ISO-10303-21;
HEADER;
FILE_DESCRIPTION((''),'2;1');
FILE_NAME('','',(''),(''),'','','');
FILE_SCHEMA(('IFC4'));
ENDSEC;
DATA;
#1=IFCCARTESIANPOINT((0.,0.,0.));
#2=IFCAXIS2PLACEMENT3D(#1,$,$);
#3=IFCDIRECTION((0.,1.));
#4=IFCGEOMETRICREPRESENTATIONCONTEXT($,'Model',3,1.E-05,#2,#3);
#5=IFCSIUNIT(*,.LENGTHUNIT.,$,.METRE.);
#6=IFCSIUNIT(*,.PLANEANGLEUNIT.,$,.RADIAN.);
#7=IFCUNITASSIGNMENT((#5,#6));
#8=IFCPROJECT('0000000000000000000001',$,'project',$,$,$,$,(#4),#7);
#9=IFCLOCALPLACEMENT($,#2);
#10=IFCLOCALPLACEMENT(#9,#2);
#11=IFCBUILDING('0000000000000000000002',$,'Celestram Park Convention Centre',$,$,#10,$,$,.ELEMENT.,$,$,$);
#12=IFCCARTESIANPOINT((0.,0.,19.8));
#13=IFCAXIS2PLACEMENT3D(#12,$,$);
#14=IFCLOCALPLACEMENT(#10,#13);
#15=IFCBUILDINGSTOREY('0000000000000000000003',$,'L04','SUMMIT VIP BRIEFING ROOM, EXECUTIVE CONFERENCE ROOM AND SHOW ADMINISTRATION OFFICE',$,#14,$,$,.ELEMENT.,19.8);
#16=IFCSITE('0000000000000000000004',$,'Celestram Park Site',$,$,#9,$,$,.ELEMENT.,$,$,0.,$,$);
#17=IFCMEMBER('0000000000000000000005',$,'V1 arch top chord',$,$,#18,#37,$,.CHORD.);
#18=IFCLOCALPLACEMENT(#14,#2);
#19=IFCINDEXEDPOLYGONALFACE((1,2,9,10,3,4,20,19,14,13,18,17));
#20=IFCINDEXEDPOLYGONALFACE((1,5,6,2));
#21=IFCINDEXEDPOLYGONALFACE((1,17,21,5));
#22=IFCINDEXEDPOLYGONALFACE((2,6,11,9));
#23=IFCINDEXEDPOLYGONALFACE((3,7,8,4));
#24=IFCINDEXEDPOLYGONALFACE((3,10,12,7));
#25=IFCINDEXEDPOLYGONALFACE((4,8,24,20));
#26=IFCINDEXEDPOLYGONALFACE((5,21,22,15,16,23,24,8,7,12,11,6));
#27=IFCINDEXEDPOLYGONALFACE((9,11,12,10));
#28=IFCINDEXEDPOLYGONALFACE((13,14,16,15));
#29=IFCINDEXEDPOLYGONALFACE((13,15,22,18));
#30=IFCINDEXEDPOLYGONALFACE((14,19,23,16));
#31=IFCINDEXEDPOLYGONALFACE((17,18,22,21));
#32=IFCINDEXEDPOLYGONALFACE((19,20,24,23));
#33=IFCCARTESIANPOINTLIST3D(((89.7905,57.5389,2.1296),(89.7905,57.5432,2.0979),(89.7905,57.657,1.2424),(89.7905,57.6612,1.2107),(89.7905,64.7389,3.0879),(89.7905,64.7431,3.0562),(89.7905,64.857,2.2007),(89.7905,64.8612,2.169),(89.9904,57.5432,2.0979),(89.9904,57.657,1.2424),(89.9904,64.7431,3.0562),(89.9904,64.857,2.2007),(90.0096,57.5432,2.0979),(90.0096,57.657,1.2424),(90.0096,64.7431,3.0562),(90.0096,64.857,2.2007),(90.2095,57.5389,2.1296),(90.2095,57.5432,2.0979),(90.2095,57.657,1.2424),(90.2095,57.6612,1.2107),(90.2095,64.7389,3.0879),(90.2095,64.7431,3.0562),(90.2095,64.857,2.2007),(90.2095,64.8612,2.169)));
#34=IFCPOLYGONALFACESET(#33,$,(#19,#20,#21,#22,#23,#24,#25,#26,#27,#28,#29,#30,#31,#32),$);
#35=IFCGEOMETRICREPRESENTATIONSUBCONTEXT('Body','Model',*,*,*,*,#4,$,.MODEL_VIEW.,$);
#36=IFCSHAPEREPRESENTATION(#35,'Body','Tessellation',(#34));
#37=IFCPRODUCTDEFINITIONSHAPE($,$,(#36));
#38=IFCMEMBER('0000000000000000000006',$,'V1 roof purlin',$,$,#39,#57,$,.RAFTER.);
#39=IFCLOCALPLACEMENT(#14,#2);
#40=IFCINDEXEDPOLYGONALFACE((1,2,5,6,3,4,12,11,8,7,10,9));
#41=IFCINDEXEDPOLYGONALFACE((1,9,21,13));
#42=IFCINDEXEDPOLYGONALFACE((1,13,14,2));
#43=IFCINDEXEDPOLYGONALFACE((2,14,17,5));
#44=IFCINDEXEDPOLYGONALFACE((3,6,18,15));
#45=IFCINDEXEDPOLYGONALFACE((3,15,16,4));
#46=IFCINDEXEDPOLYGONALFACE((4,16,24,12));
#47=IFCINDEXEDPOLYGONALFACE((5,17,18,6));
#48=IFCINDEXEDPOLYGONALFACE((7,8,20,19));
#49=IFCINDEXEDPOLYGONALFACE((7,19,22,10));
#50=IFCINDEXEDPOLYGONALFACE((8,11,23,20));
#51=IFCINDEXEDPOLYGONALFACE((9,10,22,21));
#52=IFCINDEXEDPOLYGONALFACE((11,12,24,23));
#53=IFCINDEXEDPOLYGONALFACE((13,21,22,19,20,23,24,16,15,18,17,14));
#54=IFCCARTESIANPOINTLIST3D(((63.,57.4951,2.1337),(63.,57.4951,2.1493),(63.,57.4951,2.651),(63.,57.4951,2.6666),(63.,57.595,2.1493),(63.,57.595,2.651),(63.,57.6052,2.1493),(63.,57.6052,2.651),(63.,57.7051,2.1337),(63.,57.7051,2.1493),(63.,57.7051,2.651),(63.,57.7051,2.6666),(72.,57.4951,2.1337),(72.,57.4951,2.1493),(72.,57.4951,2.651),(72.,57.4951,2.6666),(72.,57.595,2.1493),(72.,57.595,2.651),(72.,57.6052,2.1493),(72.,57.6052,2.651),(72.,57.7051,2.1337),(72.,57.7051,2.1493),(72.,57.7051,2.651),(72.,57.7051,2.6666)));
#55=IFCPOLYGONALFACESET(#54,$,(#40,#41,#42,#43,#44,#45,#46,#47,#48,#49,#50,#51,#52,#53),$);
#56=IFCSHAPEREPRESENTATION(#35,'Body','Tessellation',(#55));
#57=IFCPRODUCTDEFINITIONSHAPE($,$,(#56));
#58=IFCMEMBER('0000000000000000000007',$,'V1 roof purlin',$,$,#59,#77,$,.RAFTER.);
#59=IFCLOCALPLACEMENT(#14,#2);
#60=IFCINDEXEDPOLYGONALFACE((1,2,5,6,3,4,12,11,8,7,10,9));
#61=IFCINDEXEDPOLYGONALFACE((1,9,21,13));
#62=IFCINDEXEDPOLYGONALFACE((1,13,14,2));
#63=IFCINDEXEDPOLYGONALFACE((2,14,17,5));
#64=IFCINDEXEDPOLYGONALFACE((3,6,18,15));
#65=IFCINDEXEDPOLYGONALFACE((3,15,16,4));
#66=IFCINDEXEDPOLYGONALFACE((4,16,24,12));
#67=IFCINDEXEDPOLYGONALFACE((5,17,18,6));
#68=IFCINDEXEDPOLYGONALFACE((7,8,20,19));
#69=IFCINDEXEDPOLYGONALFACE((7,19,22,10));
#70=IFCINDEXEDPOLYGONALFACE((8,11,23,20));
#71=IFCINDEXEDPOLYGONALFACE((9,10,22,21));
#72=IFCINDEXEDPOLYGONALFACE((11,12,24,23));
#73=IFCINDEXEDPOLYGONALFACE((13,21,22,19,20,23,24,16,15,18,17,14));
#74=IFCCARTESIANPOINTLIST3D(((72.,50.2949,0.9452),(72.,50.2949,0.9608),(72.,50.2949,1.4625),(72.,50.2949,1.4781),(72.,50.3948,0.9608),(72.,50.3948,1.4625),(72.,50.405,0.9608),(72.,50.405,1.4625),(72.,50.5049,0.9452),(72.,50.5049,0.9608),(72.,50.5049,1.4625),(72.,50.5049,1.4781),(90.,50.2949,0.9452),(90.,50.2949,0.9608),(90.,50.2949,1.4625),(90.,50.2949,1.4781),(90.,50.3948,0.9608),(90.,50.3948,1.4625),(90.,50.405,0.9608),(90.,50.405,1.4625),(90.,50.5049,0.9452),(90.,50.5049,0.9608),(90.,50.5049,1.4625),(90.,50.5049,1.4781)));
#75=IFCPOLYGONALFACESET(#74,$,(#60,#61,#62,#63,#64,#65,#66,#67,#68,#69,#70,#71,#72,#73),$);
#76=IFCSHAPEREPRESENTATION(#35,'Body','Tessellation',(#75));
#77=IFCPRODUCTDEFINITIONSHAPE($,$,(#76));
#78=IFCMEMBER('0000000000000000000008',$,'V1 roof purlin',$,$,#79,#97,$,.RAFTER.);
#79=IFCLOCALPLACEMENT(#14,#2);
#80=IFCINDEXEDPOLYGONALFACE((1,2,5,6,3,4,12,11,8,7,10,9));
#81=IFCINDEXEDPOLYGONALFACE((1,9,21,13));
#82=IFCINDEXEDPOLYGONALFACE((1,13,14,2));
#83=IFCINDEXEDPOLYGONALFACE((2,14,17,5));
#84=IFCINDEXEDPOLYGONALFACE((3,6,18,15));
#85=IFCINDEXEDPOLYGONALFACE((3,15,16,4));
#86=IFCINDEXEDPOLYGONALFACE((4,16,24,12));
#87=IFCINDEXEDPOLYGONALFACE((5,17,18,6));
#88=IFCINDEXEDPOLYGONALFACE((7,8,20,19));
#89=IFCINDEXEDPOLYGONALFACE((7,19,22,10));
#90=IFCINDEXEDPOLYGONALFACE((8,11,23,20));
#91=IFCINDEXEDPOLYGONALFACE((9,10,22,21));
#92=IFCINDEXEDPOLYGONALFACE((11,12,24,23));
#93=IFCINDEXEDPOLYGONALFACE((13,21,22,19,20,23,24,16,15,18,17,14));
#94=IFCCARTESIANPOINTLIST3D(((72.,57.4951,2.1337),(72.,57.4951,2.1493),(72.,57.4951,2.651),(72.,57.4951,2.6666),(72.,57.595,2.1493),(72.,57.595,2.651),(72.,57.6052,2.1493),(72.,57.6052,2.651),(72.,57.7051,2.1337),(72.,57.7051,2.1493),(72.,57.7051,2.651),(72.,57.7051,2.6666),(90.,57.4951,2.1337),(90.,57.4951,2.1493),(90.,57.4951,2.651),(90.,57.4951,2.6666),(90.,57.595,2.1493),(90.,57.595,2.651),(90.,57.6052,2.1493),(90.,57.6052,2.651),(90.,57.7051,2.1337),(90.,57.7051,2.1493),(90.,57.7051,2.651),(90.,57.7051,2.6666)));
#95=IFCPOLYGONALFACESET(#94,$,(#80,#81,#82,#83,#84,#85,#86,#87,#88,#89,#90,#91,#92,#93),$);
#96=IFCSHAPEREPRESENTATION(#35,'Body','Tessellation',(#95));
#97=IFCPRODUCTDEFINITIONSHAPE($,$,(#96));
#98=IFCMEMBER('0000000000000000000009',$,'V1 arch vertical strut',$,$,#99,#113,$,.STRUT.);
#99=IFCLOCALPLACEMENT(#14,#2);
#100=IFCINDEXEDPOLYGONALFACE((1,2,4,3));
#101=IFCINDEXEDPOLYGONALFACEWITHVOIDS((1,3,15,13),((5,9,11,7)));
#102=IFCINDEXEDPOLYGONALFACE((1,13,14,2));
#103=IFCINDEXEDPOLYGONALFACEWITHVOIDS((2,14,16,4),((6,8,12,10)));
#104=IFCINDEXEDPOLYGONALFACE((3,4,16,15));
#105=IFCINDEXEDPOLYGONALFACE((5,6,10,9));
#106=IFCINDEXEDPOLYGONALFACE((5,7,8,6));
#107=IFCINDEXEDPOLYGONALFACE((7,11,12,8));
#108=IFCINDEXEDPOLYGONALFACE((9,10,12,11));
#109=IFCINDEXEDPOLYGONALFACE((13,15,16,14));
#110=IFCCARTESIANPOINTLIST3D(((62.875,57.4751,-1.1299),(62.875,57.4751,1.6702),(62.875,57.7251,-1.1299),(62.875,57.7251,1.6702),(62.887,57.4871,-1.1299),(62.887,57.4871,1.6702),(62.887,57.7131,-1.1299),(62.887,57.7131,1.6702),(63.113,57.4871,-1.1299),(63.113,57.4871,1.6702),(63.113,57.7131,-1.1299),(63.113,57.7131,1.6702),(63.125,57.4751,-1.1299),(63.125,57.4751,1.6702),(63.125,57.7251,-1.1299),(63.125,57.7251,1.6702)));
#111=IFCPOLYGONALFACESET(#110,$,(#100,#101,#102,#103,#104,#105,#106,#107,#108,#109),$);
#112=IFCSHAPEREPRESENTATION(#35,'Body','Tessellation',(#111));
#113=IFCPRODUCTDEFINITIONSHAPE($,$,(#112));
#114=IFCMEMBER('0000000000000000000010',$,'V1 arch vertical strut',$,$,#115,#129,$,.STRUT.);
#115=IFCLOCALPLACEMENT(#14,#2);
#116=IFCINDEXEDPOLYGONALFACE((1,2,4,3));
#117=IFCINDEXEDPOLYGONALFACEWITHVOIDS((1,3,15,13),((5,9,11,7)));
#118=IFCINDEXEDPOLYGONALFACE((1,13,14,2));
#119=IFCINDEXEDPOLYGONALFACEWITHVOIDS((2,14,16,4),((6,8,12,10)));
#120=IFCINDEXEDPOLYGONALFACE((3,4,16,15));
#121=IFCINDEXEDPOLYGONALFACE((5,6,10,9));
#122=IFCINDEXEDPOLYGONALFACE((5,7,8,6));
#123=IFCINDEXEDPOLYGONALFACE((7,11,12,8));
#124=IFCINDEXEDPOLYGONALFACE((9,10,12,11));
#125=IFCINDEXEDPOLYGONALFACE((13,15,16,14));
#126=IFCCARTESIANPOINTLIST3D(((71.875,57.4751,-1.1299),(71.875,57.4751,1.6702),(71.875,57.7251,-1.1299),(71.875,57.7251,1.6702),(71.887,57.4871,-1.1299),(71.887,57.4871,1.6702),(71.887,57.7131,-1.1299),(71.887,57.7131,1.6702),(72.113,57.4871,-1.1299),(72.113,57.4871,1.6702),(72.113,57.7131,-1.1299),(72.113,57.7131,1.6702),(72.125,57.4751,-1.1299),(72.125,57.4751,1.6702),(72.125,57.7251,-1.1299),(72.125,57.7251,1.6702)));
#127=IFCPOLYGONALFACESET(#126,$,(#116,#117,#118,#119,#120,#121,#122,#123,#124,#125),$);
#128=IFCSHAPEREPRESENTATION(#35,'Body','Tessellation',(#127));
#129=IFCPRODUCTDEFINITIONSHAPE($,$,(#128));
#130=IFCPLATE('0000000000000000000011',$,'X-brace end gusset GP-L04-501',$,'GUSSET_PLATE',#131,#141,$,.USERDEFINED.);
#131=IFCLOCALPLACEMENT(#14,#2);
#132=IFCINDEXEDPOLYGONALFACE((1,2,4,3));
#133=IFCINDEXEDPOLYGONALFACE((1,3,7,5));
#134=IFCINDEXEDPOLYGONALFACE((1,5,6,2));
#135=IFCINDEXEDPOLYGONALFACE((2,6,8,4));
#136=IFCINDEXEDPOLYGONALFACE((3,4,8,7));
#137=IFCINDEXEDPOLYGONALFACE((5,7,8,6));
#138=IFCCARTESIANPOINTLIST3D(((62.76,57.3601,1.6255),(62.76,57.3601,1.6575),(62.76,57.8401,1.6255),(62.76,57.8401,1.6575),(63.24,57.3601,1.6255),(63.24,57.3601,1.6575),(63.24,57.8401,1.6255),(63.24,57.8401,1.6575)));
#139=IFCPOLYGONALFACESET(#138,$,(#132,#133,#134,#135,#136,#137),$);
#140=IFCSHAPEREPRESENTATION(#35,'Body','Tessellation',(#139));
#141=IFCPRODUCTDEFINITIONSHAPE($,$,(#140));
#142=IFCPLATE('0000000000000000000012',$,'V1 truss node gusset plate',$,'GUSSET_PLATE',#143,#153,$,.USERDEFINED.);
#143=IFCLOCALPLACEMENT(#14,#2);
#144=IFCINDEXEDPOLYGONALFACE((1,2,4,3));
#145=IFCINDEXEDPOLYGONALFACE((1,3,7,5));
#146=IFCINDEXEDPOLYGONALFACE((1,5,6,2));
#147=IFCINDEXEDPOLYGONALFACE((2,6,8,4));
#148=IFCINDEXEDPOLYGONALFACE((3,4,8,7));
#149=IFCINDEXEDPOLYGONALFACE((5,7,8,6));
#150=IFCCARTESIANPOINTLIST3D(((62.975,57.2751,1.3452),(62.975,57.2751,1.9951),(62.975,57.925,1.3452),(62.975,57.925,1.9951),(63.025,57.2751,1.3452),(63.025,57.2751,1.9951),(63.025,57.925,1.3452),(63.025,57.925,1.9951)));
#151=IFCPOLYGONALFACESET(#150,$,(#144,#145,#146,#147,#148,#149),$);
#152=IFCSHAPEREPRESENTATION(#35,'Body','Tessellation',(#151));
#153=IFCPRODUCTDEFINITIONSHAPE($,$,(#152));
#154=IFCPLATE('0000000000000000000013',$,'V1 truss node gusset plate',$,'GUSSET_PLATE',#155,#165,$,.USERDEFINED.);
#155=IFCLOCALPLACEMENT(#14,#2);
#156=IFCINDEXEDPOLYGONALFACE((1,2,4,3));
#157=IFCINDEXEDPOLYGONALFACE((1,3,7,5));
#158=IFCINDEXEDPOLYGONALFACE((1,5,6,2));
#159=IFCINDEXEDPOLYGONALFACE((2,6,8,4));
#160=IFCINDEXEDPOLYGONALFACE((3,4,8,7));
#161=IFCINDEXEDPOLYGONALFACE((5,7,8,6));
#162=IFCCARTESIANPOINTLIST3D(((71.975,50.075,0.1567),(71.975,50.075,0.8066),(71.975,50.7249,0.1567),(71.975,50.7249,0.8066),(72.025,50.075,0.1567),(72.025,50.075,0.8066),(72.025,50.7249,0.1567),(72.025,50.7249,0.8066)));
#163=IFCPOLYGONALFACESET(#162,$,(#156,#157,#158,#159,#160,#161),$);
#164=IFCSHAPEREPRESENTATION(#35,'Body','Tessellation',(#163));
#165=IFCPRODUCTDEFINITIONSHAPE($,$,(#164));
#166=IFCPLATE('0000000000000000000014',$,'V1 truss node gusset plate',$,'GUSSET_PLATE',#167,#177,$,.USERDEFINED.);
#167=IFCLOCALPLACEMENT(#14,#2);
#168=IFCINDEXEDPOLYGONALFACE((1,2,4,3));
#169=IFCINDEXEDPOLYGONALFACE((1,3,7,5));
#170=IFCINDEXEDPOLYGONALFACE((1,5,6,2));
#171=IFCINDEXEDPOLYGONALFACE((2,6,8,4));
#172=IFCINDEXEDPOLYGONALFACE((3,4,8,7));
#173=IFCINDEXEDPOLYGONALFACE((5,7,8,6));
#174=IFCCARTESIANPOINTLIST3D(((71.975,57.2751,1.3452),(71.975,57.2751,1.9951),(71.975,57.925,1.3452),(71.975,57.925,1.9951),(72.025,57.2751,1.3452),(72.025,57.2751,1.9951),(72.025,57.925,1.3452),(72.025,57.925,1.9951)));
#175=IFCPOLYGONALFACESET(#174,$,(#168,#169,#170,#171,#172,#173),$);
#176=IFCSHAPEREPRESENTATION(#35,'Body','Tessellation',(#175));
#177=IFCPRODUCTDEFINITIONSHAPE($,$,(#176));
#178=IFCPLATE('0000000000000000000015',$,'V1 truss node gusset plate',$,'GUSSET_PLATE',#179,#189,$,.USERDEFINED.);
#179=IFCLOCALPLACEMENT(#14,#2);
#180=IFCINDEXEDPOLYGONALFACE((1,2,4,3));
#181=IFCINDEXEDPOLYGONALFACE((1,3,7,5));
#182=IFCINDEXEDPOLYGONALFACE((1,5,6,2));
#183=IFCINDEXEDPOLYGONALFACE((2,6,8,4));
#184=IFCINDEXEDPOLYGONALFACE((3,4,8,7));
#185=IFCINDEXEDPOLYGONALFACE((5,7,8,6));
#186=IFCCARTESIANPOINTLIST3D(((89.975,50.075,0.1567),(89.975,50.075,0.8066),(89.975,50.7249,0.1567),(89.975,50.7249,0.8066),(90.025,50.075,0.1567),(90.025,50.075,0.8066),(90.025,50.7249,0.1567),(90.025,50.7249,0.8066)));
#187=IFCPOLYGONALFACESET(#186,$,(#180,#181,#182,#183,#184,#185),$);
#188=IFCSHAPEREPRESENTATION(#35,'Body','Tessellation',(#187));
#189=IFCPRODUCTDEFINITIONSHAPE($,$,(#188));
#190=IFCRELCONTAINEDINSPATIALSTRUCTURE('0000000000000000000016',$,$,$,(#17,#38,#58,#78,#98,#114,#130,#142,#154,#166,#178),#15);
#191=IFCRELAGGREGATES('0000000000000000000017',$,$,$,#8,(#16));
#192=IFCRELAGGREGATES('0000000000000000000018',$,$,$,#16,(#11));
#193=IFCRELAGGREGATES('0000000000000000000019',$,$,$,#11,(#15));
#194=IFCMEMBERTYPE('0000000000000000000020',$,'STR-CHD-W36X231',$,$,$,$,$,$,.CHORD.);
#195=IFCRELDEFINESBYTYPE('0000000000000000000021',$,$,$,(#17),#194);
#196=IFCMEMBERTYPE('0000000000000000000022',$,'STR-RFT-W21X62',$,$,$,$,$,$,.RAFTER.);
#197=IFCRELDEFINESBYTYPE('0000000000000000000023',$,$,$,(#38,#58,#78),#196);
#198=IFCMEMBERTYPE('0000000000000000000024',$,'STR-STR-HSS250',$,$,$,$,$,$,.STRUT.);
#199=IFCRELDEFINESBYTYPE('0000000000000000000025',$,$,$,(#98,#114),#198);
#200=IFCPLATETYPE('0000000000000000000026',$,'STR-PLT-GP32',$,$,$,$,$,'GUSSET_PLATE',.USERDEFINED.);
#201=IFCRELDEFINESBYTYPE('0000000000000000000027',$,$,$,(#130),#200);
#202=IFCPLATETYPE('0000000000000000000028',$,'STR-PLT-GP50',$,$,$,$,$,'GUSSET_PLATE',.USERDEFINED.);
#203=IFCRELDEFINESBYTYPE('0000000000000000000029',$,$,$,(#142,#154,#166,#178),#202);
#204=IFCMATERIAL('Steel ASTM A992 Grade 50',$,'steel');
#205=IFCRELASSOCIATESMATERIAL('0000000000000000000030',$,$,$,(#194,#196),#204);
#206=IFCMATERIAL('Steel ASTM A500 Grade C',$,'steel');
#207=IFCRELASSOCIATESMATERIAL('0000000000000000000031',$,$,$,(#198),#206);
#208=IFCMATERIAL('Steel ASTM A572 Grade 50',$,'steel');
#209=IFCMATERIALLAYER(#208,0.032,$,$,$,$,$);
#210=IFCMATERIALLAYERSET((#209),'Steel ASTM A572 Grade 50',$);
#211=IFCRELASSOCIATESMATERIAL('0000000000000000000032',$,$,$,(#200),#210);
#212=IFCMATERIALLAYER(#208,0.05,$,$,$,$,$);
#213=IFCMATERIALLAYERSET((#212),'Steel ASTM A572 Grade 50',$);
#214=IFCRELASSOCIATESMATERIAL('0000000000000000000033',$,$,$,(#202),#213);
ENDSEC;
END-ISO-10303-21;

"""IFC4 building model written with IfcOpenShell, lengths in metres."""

from ifc_helpers import new_model, si_unit, direction, frame, origin, origin_2d, place, context, subcontext, project, spatial, rectangle, hollow_rectangle, i_section, extrude, material, layer, layer_set, material_profile, profile_set, type_object, element, save


model = new_model("IFC4")

# Units and contexts
model_context = context("Model", 3, precision=1e-05, world=origin(), true_north=direction((0.0, 1.0)))
body_context = subcontext(model_context, "Body", "Model", "MODEL_VIEW")
ifc_project = project(units=[si_unit("LENGTHUNIT", "METRE"), si_unit("PLANEANGLEUNIT", "RADIAN")], contexts=[model_context])

# Site, building, storey
site_placement = place(None, origin())
site = spatial("IfcSite", under=ifc_project, at=site_placement, Name="Celestram Park Site", CompositionType="ELEMENT", RefElevation=0.0)
building_placement = place(site_placement, origin())
building = spatial("IfcBuilding", under=site, at=building_placement, Name="Celestram Park Convention Centre", CompositionType="ELEMENT")
storey_placement = place(building_placement, frame((0.0, 0.0, 19.8)))
storey = spatial("IfcBuildingStorey", under=building, at=storey_placement, Name="L04", Description="SUMMIT VIP BRIEFING ROOM, EXECUTIVE CONFERENCE ROOM AND SHOW ADMINISTRATION OFFICE", CompositionType="ELEMENT", Elevation=19.8)

# Members
ifc_material_1 = material(Name="Steel ASTM A500 Grade C", Category="steel")
ifc_material_2 = material(Name="Steel ASTM A992 Grade 50", Category="steel")
ifc_material_profile_1 = material_profile(ifc_material_2, i_section(OverallWidth=0.4189, OverallDepth=0.927, WebThickness=0.0193, FlangeThickness=0.032, at=origin_2d()), Name="W36X231")
ifc_profile_set_1 = profile_set([ifc_material_profile_1], Name="Steel ASTM A992 Grade 50")
member_type_1 = type_object("IfcMemberType", Name="STR-CHD-W36X231", PredefinedType="CHORD", material=ifc_profile_set_1)
member_1_placement = place(storey_placement, frame((90.0, 57.6001, 1.6702), z_axis=(0.0, 0.991259, 0.131928), x_axis=(-1.0, 0.0, 0.0)))
element("IfcMember", 1, at=member_1_placement, inside=storey, type_object=member_type_1, Name="V1 arch top chord", PredefinedType="CHORD", context=body_context, shape_type="SweptSolid", body=[
    extrude(i_section(OverallWidth=0.4189, OverallDepth=0.927, WebThickness=0.0193, FlangeThickness=0.032, at=origin_2d()), origin(), (0.0, 0.0, 1.0), 7.2634),
])
ifc_material_profile_2 = material_profile(ifc_material_2, i_section(OverallWidth=0.21, OverallDepth=0.533, WebThickness=0.0103, FlangeThickness=0.0156, at=origin_2d()), Name="W21X62")
ifc_profile_set_2 = profile_set([ifc_material_profile_2], Name="Steel ASTM A992 Grade 50")
member_type_2 = type_object("IfcMemberType", Name="STR-RFT-W21X62", PredefinedType="RAFTER", material=ifc_profile_set_2)
member_2_placement = place(storey_placement, frame((63.0, 57.6001, 2.4001), z_axis=(1.0, 0.0, 0.0), x_axis=(0.0, 1.0, 0.0)))
element("IfcMember", 2, at=member_2_placement, inside=storey, type_object=member_type_2, Name="V1 roof purlin", PredefinedType="RAFTER", context=body_context, shape_type="SweptSolid", body=[
    extrude(i_section(OverallWidth=0.21, OverallDepth=0.533, WebThickness=0.0103, FlangeThickness=0.0156, at=origin_2d()), origin(), (0.0, 0.0, 1.0), 9.0),
])
for number, where, z_axis, x_axis, name in (
    (3, (72.0, 50.3999, 1.2117), (1.0, 0.0, 0.0), (0.0, 1.0, 0.0), "V1 roof purlin"),
    (4, (72.0, 57.6001, 2.4001), (1.0, 0.0, 0.0), (0.0, 1.0, 0.0), "V1 roof purlin"),
):
    element("IfcMember", number, at=place(storey_placement, frame(where, z_axis=z_axis, x_axis=x_axis)), inside=storey, type_object=member_type_2, Name=name, PredefinedType="RAFTER", context=body_context, shape_type="SweptSolid", body=[
        extrude(i_section(OverallWidth=0.21, OverallDepth=0.533, WebThickness=0.0103, FlangeThickness=0.0156, at=origin_2d()), origin(), (0.0, 0.0, 1.0), 18.0),
    ])
ifc_material_profile_3 = material_profile(ifc_material_1, hollow_rectangle(XDim=0.25, YDim=0.25, WallThickness=0.012, at=origin_2d()), Name="HSS250X250X12")
ifc_profile_set_3 = profile_set([ifc_material_profile_3], Name="Steel ASTM A500 Grade C")
member_type_3 = type_object("IfcMemberType", Name="STR-STR-HSS250", PredefinedType="STRUT", material=ifc_profile_set_3)
for number, where, z_axis, x_axis, name in (
    (5, (63.0, 57.6001, -1.1299), (0.0, 0.0, 1.0), (1.0, 0.0, 0.0), "V1 arch vertical strut"),
    (6, (72.0, 57.6001, -1.1299), (0.0, 0.0, 1.0), (1.0, 0.0, 0.0), "V1 arch vertical strut"),
):
    element("IfcMember", number, at=place(storey_placement, frame(where, z_axis=z_axis, x_axis=x_axis)), inside=storey, type_object=member_type_3, Name=name, PredefinedType="STRUT", context=body_context, shape_type="SweptSolid", body=[
        extrude(hollow_rectangle(XDim=0.25, YDim=0.25, WallThickness=0.012, at=origin_2d()), origin(), (0.0, 0.0, 1.0), 2.8),
    ])

# Plates
ifc_material_3 = material(Name="Steel ASTM A572 Grade 50", Category="steel")
ifc_layer_1 = layer(ifc_material_3, 0.032)
ifc_layer_set_1 = layer_set([ifc_layer_1], Name="Steel ASTM A572 Grade 50")
plate_type_1 = type_object("IfcPlateType", Name="STR-PLT-GP32", ElementType="GUSSET_PLATE", PredefinedType="USERDEFINED", material=ifc_layer_set_1)
plate_placement = place(storey_placement, frame((63.0, 57.6001, 1.6255), z_axis=(0.0, 0.0, 1.0), x_axis=(1.0, 0.0, 0.0)))
element("IfcPlate", 7, at=plate_placement, inside=storey, type_object=plate_type_1, Name="X-brace end gusset GP-L04-501", ObjectType="GUSSET_PLATE", PredefinedType="USERDEFINED", context=body_context, shape_type="SweptSolid", body=[
    extrude(rectangle(XDim=0.48, YDim=0.48, at=origin_2d()), origin(), (0.0, 0.0, 1.0), 0.032),
])
ifc_layer_2 = layer(ifc_material_3, 0.05)
ifc_layer_set_2 = layer_set([ifc_layer_2], Name="Steel ASTM A572 Grade 50")
plate_type_2 = type_object("IfcPlateType", Name="STR-PLT-GP50", ElementType="GUSSET_PLATE", PredefinedType="USERDEFINED", material=ifc_layer_set_2)
for number, where, z_axis, x_axis, name in (
    (8, (63.0, 57.6001, 1.3452), (0.0, 0.0, 1.0), (0.0, 1.0, 0.0), "V1 truss node gusset plate"),
    (9, (72.0, 50.3999, 0.1567), (0.0, 0.0, 1.0), (0.0, 1.0, 0.0), "V1 truss node gusset plate"),
    (10, (72.0, 57.6001, 1.3452), (0.0, 0.0, 1.0), (0.0, 1.0, 0.0), "V1 truss node gusset plate"),
    (11, (90.0, 50.3999, 0.1567), (0.0, 0.0, 1.0), (0.0, 1.0, 0.0), "V1 truss node gusset plate"),
):
    element("IfcPlate", number, at=place(storey_placement, frame(where, z_axis=z_axis, x_axis=x_axis)), inside=storey, type_object=plate_type_2, Name=name, ObjectType="GUSSET_PLATE", PredefinedType="USERDEFINED", context=body_context, shape_type="SweptSolid", body=[
        extrude(rectangle(XDim=0.6499, YDim=0.05, at=origin_2d()), origin(), (0.0, 0.0, 1.0), 0.6499),
    ])

save(model, "model.ifc")
